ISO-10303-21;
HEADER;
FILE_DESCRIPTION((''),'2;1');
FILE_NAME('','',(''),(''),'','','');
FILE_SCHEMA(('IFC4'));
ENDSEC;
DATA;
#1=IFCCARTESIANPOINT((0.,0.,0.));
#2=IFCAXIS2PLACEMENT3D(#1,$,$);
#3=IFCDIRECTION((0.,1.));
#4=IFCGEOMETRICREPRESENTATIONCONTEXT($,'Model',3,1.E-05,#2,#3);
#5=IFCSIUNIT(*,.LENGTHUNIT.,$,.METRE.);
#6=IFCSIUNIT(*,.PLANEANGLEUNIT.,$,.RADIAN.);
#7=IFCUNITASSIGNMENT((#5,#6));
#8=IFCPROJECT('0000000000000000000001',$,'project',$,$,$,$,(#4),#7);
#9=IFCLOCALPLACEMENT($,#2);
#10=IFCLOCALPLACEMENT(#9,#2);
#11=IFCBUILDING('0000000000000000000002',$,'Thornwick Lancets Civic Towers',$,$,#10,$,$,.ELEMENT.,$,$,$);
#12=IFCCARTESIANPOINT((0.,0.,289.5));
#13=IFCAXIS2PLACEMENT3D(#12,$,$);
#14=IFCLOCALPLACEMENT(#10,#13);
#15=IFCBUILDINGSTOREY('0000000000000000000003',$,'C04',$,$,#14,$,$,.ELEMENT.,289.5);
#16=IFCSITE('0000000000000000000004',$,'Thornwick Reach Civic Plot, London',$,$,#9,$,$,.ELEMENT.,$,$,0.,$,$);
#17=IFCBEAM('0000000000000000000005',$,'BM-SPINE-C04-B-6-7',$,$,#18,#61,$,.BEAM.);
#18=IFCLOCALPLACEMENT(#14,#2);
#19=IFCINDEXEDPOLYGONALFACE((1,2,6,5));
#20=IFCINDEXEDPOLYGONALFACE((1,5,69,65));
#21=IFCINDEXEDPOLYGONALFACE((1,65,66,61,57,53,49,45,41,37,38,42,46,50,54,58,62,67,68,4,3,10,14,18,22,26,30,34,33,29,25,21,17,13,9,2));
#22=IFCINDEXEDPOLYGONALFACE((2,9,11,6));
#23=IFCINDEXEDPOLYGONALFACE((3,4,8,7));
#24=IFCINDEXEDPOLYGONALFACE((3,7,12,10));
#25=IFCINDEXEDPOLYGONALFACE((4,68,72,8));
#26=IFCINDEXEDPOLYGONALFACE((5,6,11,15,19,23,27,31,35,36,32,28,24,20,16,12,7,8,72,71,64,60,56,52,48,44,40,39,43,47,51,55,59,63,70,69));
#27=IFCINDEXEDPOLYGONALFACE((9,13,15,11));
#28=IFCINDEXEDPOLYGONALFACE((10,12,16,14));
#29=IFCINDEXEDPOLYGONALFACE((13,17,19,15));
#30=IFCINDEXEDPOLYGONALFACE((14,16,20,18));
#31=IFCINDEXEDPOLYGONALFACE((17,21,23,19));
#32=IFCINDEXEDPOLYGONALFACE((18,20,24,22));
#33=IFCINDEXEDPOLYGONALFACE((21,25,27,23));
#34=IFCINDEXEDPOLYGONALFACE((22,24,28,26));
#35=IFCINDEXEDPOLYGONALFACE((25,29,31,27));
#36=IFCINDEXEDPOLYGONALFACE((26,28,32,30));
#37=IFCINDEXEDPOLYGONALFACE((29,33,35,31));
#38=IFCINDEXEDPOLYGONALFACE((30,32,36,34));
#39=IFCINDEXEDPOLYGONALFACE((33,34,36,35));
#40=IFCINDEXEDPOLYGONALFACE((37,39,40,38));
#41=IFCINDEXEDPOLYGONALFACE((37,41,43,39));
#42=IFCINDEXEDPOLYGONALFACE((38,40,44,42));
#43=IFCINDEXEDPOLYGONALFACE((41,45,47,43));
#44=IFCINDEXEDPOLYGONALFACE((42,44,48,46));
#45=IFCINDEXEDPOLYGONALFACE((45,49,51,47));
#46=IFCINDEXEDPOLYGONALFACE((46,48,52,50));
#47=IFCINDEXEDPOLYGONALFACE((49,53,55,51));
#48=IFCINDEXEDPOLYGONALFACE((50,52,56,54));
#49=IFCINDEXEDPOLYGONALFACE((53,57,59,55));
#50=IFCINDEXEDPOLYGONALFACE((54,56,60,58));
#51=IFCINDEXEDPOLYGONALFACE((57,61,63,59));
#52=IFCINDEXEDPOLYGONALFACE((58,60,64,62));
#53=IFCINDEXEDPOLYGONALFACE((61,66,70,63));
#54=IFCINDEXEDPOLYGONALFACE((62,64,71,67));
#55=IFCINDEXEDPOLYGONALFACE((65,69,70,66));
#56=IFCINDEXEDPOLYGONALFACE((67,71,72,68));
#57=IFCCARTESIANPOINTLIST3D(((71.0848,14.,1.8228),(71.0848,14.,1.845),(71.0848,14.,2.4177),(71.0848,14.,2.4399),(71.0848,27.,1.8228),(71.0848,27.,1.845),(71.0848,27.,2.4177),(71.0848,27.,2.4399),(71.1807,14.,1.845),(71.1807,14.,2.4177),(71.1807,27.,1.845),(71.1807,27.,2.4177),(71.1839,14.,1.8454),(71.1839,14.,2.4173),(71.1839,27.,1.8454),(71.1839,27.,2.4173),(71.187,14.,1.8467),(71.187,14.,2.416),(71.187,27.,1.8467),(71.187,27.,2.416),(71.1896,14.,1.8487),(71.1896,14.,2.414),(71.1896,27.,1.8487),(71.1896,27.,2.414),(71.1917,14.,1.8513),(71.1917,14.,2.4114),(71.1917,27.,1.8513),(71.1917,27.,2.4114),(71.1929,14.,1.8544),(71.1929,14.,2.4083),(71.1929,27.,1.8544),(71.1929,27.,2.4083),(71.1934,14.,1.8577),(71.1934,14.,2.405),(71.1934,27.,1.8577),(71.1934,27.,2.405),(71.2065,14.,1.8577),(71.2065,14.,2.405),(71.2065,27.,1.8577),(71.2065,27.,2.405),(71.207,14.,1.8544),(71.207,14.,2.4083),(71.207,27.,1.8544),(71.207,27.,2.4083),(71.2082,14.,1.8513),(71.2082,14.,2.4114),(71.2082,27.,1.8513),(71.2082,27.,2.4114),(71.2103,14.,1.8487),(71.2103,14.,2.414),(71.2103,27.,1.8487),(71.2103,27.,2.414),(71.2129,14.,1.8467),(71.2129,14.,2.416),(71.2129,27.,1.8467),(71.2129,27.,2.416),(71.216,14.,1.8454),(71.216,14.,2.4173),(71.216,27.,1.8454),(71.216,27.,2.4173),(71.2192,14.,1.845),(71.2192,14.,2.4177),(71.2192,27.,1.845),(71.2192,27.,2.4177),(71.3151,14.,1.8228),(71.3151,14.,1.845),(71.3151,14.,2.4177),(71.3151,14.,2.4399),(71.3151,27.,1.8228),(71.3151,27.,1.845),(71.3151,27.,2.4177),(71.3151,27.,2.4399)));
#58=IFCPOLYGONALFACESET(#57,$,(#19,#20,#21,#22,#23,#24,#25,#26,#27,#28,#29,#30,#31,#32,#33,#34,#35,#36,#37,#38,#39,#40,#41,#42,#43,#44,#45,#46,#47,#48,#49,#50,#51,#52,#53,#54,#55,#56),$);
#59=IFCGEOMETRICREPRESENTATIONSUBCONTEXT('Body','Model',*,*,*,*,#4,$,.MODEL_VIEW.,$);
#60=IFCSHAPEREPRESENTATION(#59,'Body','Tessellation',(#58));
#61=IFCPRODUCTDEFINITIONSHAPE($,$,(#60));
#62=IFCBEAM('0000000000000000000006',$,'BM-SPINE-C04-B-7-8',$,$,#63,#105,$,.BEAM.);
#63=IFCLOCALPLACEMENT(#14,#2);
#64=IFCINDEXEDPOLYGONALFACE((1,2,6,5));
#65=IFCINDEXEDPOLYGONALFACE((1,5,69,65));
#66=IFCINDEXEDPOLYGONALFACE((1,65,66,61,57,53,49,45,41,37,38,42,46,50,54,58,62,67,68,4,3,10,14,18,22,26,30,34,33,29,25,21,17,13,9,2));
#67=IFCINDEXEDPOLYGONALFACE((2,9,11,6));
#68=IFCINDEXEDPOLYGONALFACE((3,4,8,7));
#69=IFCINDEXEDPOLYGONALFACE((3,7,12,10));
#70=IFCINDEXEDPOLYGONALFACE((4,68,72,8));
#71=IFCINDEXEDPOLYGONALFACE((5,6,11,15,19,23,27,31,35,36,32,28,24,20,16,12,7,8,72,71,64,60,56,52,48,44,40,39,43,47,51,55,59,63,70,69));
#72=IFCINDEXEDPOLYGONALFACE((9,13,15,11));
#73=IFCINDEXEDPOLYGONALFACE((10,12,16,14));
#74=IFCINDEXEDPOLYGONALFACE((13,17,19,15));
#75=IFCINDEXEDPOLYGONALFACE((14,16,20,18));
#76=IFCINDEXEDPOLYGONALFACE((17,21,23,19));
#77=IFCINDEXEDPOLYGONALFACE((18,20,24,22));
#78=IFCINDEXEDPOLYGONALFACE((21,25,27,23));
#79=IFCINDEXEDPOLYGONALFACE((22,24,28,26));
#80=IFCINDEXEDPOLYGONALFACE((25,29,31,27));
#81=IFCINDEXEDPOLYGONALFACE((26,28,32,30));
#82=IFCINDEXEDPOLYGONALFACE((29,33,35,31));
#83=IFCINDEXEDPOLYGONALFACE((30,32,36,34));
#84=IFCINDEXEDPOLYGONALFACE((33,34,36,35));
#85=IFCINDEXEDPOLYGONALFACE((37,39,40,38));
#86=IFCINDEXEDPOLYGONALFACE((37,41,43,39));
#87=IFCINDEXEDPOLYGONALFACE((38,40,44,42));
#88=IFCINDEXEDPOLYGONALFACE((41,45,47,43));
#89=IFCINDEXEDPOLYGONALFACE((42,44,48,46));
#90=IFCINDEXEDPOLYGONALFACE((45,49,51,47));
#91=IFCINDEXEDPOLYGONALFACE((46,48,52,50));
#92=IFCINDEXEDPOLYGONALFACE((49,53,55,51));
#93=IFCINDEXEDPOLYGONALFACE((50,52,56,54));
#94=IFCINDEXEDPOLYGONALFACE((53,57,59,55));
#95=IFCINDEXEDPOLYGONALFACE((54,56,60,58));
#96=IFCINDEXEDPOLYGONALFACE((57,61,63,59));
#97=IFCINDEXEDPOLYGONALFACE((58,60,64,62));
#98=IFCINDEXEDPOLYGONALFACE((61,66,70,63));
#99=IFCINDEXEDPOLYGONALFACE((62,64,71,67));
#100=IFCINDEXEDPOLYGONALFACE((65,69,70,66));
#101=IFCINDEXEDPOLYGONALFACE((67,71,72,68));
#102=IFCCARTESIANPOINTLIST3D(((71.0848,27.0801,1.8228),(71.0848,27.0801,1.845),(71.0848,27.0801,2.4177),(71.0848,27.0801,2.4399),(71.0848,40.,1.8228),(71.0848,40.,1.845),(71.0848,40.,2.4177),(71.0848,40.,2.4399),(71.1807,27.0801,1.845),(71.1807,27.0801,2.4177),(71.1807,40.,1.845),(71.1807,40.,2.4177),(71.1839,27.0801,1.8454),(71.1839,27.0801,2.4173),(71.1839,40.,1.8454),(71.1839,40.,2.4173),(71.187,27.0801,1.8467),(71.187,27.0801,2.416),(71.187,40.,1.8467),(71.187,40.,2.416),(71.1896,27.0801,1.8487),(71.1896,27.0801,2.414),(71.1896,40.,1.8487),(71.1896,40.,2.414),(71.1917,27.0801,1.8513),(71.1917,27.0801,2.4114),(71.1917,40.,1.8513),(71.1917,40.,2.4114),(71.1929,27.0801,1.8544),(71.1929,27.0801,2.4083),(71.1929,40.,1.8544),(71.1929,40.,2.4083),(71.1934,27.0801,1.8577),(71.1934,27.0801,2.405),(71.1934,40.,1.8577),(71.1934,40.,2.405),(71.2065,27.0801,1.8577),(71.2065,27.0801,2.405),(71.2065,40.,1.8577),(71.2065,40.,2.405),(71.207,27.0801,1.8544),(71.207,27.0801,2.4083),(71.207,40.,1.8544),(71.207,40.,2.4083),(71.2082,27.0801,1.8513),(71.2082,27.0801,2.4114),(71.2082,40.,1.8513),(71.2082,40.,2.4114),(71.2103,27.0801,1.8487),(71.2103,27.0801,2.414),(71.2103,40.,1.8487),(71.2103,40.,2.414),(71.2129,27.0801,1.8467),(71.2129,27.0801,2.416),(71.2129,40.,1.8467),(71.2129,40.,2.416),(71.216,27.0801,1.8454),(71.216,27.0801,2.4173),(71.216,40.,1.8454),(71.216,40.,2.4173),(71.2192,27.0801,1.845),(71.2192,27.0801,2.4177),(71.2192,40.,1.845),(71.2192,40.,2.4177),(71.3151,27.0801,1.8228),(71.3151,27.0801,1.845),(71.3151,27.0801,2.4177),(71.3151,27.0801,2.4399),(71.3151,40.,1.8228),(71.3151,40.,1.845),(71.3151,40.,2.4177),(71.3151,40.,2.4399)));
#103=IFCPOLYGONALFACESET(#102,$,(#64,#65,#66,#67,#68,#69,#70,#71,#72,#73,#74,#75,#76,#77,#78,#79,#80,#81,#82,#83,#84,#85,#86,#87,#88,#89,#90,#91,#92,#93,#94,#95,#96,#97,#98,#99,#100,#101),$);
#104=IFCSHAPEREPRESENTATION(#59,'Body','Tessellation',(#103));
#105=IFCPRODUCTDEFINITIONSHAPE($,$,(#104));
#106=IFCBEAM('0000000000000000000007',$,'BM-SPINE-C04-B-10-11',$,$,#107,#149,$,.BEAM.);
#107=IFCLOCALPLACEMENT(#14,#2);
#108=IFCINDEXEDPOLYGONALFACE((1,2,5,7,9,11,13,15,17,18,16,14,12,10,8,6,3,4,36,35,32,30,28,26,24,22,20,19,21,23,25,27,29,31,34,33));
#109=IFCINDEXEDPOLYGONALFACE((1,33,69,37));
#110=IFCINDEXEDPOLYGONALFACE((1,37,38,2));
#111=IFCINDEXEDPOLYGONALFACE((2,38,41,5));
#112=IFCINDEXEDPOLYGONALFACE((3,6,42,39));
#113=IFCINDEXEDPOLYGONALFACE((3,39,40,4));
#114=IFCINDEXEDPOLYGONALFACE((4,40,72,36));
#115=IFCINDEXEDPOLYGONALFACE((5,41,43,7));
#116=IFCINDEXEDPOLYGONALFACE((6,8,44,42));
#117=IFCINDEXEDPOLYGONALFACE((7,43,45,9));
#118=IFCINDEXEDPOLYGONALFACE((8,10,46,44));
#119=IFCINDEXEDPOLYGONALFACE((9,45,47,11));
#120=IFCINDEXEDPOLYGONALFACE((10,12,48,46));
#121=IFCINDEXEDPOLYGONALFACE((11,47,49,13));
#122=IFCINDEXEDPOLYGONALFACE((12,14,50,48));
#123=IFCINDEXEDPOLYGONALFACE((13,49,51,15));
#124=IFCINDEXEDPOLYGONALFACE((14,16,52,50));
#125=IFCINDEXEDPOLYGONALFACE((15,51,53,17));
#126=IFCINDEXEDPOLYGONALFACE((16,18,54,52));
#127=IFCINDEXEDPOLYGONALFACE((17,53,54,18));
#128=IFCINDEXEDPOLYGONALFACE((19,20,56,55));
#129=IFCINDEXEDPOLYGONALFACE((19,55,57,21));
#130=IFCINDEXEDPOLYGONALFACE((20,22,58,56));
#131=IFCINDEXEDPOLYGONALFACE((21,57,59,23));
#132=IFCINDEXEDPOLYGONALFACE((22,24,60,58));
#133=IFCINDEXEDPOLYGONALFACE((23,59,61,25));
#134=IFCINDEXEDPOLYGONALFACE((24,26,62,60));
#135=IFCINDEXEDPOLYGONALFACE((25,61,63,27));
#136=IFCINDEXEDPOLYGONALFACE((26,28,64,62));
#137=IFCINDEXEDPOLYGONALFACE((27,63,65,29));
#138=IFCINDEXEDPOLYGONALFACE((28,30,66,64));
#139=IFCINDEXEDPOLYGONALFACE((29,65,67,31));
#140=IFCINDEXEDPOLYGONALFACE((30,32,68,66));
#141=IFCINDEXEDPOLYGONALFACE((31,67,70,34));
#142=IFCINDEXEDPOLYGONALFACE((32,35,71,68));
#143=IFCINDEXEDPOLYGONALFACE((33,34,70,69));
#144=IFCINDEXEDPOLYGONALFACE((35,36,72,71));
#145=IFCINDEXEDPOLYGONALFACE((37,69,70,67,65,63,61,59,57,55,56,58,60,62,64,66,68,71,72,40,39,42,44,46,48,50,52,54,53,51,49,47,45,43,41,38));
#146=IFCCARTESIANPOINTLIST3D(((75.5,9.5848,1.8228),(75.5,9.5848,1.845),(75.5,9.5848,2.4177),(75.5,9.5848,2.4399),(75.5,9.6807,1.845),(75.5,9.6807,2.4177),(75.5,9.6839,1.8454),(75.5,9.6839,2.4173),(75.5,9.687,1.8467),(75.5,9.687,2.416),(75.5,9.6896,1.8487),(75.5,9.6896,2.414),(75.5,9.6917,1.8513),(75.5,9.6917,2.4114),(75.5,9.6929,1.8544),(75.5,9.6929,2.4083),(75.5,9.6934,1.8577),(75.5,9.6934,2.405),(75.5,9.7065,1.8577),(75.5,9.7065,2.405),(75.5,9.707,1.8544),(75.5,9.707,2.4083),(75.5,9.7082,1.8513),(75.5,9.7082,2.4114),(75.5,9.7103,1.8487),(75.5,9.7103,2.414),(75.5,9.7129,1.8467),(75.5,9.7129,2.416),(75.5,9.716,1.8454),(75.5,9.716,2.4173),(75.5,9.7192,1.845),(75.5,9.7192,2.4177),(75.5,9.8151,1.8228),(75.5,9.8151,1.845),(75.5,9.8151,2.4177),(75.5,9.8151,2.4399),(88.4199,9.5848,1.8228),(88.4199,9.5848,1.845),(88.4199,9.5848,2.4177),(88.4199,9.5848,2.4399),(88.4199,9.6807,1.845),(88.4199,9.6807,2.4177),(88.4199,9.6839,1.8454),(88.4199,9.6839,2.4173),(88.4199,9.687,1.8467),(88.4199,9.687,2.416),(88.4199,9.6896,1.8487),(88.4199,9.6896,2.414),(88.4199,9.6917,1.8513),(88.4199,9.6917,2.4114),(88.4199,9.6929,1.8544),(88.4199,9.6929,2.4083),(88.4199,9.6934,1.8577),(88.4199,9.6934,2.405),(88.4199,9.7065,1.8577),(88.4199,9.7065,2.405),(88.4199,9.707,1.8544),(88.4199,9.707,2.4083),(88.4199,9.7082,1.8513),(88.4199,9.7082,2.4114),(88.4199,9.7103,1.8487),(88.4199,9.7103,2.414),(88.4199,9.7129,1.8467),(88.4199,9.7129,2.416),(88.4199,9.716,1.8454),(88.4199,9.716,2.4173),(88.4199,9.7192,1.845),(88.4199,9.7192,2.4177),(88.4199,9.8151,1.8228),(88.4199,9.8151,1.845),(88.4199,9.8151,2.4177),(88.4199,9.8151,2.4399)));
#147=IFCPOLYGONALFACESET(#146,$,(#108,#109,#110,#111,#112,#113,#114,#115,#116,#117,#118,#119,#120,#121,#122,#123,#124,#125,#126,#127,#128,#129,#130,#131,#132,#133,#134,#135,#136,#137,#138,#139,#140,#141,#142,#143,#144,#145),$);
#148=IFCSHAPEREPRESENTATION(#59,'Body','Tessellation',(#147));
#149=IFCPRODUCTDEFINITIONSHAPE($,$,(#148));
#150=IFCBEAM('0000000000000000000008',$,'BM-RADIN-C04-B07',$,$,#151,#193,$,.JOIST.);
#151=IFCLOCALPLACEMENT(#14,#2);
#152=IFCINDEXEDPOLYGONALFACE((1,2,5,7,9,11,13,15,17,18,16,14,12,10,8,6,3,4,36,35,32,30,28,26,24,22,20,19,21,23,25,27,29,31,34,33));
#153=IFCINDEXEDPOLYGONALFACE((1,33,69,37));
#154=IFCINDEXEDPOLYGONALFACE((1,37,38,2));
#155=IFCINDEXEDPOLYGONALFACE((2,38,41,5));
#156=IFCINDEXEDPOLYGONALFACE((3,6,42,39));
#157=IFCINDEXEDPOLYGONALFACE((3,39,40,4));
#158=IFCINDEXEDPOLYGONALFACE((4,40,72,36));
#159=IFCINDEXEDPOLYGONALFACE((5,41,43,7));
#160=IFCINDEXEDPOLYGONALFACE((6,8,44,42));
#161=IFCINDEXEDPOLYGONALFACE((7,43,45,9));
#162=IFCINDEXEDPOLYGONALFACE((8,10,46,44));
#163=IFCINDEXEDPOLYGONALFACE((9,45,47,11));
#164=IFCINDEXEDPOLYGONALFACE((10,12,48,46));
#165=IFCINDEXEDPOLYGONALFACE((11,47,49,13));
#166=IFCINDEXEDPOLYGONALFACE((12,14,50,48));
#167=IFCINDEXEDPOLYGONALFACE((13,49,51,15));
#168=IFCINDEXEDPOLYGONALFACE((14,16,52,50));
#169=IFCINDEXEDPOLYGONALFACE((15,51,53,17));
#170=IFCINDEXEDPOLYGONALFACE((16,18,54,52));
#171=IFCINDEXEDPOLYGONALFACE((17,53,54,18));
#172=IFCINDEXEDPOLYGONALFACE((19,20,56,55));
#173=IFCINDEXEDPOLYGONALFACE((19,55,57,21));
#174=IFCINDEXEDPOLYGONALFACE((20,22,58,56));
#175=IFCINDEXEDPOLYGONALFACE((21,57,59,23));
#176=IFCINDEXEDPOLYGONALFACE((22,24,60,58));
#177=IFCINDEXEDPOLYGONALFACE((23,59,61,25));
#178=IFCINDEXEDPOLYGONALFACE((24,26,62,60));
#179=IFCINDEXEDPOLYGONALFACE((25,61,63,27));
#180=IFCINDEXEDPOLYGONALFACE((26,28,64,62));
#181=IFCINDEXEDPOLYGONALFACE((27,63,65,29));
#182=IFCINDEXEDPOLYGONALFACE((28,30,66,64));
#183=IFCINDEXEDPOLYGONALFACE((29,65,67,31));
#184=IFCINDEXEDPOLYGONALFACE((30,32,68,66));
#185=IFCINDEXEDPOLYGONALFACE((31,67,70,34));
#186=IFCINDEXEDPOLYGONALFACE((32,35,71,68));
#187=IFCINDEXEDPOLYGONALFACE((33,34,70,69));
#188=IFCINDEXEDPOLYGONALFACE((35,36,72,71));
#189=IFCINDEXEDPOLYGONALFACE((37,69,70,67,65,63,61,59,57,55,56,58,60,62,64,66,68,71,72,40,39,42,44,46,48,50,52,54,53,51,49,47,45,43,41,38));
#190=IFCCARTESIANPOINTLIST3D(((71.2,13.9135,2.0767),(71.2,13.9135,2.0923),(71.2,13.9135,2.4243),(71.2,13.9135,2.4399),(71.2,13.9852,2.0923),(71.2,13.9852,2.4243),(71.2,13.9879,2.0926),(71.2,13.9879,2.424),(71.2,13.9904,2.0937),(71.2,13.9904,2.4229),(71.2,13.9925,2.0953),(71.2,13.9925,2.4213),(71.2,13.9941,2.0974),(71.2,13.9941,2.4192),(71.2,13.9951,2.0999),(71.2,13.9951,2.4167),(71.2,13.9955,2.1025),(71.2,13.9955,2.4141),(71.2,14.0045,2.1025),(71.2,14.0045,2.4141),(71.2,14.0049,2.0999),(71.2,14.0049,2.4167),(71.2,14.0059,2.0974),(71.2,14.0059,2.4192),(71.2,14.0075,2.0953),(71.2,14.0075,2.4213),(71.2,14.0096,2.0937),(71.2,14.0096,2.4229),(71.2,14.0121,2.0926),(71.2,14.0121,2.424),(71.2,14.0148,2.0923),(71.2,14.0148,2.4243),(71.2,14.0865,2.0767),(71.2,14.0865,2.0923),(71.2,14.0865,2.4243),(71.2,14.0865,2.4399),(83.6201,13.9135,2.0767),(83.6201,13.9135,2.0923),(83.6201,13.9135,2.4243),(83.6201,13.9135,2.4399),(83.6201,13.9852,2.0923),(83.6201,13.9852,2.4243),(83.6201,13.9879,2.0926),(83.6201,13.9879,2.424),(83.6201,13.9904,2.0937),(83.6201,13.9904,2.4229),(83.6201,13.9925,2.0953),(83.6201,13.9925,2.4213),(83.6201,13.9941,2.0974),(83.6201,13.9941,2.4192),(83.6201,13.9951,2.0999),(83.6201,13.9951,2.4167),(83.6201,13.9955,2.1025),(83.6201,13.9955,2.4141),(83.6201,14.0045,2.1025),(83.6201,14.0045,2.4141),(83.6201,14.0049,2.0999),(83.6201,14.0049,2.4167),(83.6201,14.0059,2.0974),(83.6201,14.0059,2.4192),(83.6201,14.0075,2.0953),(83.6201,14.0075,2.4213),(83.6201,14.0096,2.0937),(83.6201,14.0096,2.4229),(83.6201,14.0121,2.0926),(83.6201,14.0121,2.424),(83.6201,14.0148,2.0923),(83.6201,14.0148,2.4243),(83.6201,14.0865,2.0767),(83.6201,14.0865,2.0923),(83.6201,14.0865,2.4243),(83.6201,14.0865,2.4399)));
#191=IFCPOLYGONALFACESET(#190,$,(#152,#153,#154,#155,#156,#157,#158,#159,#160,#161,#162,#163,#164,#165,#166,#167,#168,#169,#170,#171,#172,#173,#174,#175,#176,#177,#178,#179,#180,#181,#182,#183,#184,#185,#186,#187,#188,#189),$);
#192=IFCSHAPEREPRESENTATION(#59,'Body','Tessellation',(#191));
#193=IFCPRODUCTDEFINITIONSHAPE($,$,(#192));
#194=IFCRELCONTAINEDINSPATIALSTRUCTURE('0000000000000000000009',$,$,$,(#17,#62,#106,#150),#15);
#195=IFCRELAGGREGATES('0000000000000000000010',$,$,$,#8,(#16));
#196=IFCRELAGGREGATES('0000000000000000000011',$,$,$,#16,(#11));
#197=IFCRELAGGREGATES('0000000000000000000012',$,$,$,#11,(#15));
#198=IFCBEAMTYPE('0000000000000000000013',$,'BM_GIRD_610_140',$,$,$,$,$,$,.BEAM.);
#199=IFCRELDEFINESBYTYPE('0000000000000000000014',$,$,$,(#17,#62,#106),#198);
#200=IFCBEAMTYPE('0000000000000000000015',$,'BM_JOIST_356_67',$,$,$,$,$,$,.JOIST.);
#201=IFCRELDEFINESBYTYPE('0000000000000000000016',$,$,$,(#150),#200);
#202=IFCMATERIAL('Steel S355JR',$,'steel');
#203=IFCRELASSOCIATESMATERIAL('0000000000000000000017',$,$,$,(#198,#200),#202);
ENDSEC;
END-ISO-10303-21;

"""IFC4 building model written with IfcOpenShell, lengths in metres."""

from ifc_helpers import new_model, si_unit, direction, frame, origin, origin_2d, place, context, subcontext, project, spatial, i_section, extrude, material, material_profile, profile_set, type_object, element, save


model = new_model("IFC4")

# Units and contexts
model_context = context("Model", 3, precision=1e-05, world=origin(), true_north=direction((0.0, 1.0)))
body_context = subcontext(model_context, "Body", "Model", "MODEL_VIEW")
ifc_project = project(units=[si_unit("LENGTHUNIT", "METRE"), si_unit("PLANEANGLEUNIT", "RADIAN")], contexts=[model_context])

# Site, building, storey
site_placement = place(None, origin())
site = spatial("IfcSite", under=ifc_project, at=site_placement, Name="Thornwick Reach Civic Plot, London", CompositionType="ELEMENT", RefElevation=0.0)
building_placement = place(site_placement, origin())
building = spatial("IfcBuilding", under=site, at=building_placement, Name="Thornwick Lancets Civic Towers", CompositionType="ELEMENT")
storey_placement = place(building_placement, frame((0.0, 0.0, 289.5)))
storey = spatial("IfcBuildingStorey", under=building, at=storey_placement, Name="C04", CompositionType="ELEMENT", Elevation=289.5)

# Shared definitions
ifc_material_1 = material(Name="Steel S355JR", Category="steel")

# Beams
ifc_material_profile_1 = material_profile(ifc_material_1, i_section(OverallWidth=0.2302, OverallDepth=0.6172, WebThickness=0.0132, FlangeThickness=0.0222, FilletRadius=0.0127, at=origin_2d()), Name="UKB 610x229x140")
ifc_profile_set_1 = profile_set([ifc_material_profile_1], Name="Steel S355JR")
beam_type_1 = type_object("IfcBeamType", Name="BM_GIRD_610_140", PredefinedType="BEAM", material=ifc_profile_set_1)
beam_1_placement = place(storey_placement, frame((71.2, 14.0, 2.1313), z_axis=(0.0, 1.0, 0.0), x_axis=(-1.0, 0.0, 0.0)))
element("IfcBeam", 1, at=beam_1_placement, inside=storey, type_object=beam_type_1, Name="BM-SPINE-C04-B-6-7", PredefinedType="BEAM", context=body_context, shape_type="SweptSolid", body=[
    extrude(i_section(OverallWidth=0.2302, OverallDepth=0.6172, WebThickness=0.0132, FlangeThickness=0.0222, FilletRadius=0.0127, at=origin_2d()), origin(), (0.0, 0.0, 1.0), 13.0),
])
for number, where, z_axis, x_axis, name in (
    (2, (71.2, 27.0801, 2.1313), (0.0, 1.0, 0.0), (-1.0, 0.0, 0.0), "BM-SPINE-C04-B-7-8"),
    (3, (88.4199, 9.7, 2.1313), (-1.0, 0.0, 0.0), (0.0, -1.0, 0.0), "BM-SPINE-C04-B-10-11"),
):
    element("IfcBeam", number, at=place(storey_placement, frame(where, z_axis=z_axis, x_axis=x_axis)), inside=storey, type_object=beam_type_1, Name=name, PredefinedType="BEAM", context=body_context, shape_type="SweptSolid", body=[
        extrude(i_section(OverallWidth=0.2302, OverallDepth=0.6172, WebThickness=0.0132, FlangeThickness=0.0222, FilletRadius=0.0127, at=origin_2d()), origin(), (0.0, 0.0, 1.0), 12.9199),
    ])
ifc_material_profile_2 = material_profile(ifc_material_1, i_section(OverallWidth=0.1731, OverallDepth=0.3633, WebThickness=0.009, FlangeThickness=0.0156, FilletRadius=0.0103, at=origin_2d()), Name="UKB 356x171x67")
ifc_profile_set_2 = profile_set([ifc_material_profile_2], Name="Steel S355JR")
beam_type_2 = type_object("IfcBeamType", Name="BM_JOIST_356_67", PredefinedType="JOIST", material=ifc_profile_set_2)
beam_2_placement = place(storey_placement, frame((83.6201, 14.0, 2.2583), z_axis=(-1.0, 0.0, 0.0), x_axis=(0.0, -1.0, 0.0)))
element("IfcBeam", 4, at=beam_2_placement, inside=storey, type_object=beam_type_2, Name="BM-RADIN-C04-B07", PredefinedType="JOIST", context=body_context, shape_type="SweptSolid", body=[
    extrude(i_section(OverallWidth=0.1731, OverallDepth=0.3633, WebThickness=0.009, FlangeThickness=0.0156, FilletRadius=0.0103, at=origin_2d()), origin(), (0.0, 0.0, 1.0), 12.4202),
])

save(model, "model.ifc")
